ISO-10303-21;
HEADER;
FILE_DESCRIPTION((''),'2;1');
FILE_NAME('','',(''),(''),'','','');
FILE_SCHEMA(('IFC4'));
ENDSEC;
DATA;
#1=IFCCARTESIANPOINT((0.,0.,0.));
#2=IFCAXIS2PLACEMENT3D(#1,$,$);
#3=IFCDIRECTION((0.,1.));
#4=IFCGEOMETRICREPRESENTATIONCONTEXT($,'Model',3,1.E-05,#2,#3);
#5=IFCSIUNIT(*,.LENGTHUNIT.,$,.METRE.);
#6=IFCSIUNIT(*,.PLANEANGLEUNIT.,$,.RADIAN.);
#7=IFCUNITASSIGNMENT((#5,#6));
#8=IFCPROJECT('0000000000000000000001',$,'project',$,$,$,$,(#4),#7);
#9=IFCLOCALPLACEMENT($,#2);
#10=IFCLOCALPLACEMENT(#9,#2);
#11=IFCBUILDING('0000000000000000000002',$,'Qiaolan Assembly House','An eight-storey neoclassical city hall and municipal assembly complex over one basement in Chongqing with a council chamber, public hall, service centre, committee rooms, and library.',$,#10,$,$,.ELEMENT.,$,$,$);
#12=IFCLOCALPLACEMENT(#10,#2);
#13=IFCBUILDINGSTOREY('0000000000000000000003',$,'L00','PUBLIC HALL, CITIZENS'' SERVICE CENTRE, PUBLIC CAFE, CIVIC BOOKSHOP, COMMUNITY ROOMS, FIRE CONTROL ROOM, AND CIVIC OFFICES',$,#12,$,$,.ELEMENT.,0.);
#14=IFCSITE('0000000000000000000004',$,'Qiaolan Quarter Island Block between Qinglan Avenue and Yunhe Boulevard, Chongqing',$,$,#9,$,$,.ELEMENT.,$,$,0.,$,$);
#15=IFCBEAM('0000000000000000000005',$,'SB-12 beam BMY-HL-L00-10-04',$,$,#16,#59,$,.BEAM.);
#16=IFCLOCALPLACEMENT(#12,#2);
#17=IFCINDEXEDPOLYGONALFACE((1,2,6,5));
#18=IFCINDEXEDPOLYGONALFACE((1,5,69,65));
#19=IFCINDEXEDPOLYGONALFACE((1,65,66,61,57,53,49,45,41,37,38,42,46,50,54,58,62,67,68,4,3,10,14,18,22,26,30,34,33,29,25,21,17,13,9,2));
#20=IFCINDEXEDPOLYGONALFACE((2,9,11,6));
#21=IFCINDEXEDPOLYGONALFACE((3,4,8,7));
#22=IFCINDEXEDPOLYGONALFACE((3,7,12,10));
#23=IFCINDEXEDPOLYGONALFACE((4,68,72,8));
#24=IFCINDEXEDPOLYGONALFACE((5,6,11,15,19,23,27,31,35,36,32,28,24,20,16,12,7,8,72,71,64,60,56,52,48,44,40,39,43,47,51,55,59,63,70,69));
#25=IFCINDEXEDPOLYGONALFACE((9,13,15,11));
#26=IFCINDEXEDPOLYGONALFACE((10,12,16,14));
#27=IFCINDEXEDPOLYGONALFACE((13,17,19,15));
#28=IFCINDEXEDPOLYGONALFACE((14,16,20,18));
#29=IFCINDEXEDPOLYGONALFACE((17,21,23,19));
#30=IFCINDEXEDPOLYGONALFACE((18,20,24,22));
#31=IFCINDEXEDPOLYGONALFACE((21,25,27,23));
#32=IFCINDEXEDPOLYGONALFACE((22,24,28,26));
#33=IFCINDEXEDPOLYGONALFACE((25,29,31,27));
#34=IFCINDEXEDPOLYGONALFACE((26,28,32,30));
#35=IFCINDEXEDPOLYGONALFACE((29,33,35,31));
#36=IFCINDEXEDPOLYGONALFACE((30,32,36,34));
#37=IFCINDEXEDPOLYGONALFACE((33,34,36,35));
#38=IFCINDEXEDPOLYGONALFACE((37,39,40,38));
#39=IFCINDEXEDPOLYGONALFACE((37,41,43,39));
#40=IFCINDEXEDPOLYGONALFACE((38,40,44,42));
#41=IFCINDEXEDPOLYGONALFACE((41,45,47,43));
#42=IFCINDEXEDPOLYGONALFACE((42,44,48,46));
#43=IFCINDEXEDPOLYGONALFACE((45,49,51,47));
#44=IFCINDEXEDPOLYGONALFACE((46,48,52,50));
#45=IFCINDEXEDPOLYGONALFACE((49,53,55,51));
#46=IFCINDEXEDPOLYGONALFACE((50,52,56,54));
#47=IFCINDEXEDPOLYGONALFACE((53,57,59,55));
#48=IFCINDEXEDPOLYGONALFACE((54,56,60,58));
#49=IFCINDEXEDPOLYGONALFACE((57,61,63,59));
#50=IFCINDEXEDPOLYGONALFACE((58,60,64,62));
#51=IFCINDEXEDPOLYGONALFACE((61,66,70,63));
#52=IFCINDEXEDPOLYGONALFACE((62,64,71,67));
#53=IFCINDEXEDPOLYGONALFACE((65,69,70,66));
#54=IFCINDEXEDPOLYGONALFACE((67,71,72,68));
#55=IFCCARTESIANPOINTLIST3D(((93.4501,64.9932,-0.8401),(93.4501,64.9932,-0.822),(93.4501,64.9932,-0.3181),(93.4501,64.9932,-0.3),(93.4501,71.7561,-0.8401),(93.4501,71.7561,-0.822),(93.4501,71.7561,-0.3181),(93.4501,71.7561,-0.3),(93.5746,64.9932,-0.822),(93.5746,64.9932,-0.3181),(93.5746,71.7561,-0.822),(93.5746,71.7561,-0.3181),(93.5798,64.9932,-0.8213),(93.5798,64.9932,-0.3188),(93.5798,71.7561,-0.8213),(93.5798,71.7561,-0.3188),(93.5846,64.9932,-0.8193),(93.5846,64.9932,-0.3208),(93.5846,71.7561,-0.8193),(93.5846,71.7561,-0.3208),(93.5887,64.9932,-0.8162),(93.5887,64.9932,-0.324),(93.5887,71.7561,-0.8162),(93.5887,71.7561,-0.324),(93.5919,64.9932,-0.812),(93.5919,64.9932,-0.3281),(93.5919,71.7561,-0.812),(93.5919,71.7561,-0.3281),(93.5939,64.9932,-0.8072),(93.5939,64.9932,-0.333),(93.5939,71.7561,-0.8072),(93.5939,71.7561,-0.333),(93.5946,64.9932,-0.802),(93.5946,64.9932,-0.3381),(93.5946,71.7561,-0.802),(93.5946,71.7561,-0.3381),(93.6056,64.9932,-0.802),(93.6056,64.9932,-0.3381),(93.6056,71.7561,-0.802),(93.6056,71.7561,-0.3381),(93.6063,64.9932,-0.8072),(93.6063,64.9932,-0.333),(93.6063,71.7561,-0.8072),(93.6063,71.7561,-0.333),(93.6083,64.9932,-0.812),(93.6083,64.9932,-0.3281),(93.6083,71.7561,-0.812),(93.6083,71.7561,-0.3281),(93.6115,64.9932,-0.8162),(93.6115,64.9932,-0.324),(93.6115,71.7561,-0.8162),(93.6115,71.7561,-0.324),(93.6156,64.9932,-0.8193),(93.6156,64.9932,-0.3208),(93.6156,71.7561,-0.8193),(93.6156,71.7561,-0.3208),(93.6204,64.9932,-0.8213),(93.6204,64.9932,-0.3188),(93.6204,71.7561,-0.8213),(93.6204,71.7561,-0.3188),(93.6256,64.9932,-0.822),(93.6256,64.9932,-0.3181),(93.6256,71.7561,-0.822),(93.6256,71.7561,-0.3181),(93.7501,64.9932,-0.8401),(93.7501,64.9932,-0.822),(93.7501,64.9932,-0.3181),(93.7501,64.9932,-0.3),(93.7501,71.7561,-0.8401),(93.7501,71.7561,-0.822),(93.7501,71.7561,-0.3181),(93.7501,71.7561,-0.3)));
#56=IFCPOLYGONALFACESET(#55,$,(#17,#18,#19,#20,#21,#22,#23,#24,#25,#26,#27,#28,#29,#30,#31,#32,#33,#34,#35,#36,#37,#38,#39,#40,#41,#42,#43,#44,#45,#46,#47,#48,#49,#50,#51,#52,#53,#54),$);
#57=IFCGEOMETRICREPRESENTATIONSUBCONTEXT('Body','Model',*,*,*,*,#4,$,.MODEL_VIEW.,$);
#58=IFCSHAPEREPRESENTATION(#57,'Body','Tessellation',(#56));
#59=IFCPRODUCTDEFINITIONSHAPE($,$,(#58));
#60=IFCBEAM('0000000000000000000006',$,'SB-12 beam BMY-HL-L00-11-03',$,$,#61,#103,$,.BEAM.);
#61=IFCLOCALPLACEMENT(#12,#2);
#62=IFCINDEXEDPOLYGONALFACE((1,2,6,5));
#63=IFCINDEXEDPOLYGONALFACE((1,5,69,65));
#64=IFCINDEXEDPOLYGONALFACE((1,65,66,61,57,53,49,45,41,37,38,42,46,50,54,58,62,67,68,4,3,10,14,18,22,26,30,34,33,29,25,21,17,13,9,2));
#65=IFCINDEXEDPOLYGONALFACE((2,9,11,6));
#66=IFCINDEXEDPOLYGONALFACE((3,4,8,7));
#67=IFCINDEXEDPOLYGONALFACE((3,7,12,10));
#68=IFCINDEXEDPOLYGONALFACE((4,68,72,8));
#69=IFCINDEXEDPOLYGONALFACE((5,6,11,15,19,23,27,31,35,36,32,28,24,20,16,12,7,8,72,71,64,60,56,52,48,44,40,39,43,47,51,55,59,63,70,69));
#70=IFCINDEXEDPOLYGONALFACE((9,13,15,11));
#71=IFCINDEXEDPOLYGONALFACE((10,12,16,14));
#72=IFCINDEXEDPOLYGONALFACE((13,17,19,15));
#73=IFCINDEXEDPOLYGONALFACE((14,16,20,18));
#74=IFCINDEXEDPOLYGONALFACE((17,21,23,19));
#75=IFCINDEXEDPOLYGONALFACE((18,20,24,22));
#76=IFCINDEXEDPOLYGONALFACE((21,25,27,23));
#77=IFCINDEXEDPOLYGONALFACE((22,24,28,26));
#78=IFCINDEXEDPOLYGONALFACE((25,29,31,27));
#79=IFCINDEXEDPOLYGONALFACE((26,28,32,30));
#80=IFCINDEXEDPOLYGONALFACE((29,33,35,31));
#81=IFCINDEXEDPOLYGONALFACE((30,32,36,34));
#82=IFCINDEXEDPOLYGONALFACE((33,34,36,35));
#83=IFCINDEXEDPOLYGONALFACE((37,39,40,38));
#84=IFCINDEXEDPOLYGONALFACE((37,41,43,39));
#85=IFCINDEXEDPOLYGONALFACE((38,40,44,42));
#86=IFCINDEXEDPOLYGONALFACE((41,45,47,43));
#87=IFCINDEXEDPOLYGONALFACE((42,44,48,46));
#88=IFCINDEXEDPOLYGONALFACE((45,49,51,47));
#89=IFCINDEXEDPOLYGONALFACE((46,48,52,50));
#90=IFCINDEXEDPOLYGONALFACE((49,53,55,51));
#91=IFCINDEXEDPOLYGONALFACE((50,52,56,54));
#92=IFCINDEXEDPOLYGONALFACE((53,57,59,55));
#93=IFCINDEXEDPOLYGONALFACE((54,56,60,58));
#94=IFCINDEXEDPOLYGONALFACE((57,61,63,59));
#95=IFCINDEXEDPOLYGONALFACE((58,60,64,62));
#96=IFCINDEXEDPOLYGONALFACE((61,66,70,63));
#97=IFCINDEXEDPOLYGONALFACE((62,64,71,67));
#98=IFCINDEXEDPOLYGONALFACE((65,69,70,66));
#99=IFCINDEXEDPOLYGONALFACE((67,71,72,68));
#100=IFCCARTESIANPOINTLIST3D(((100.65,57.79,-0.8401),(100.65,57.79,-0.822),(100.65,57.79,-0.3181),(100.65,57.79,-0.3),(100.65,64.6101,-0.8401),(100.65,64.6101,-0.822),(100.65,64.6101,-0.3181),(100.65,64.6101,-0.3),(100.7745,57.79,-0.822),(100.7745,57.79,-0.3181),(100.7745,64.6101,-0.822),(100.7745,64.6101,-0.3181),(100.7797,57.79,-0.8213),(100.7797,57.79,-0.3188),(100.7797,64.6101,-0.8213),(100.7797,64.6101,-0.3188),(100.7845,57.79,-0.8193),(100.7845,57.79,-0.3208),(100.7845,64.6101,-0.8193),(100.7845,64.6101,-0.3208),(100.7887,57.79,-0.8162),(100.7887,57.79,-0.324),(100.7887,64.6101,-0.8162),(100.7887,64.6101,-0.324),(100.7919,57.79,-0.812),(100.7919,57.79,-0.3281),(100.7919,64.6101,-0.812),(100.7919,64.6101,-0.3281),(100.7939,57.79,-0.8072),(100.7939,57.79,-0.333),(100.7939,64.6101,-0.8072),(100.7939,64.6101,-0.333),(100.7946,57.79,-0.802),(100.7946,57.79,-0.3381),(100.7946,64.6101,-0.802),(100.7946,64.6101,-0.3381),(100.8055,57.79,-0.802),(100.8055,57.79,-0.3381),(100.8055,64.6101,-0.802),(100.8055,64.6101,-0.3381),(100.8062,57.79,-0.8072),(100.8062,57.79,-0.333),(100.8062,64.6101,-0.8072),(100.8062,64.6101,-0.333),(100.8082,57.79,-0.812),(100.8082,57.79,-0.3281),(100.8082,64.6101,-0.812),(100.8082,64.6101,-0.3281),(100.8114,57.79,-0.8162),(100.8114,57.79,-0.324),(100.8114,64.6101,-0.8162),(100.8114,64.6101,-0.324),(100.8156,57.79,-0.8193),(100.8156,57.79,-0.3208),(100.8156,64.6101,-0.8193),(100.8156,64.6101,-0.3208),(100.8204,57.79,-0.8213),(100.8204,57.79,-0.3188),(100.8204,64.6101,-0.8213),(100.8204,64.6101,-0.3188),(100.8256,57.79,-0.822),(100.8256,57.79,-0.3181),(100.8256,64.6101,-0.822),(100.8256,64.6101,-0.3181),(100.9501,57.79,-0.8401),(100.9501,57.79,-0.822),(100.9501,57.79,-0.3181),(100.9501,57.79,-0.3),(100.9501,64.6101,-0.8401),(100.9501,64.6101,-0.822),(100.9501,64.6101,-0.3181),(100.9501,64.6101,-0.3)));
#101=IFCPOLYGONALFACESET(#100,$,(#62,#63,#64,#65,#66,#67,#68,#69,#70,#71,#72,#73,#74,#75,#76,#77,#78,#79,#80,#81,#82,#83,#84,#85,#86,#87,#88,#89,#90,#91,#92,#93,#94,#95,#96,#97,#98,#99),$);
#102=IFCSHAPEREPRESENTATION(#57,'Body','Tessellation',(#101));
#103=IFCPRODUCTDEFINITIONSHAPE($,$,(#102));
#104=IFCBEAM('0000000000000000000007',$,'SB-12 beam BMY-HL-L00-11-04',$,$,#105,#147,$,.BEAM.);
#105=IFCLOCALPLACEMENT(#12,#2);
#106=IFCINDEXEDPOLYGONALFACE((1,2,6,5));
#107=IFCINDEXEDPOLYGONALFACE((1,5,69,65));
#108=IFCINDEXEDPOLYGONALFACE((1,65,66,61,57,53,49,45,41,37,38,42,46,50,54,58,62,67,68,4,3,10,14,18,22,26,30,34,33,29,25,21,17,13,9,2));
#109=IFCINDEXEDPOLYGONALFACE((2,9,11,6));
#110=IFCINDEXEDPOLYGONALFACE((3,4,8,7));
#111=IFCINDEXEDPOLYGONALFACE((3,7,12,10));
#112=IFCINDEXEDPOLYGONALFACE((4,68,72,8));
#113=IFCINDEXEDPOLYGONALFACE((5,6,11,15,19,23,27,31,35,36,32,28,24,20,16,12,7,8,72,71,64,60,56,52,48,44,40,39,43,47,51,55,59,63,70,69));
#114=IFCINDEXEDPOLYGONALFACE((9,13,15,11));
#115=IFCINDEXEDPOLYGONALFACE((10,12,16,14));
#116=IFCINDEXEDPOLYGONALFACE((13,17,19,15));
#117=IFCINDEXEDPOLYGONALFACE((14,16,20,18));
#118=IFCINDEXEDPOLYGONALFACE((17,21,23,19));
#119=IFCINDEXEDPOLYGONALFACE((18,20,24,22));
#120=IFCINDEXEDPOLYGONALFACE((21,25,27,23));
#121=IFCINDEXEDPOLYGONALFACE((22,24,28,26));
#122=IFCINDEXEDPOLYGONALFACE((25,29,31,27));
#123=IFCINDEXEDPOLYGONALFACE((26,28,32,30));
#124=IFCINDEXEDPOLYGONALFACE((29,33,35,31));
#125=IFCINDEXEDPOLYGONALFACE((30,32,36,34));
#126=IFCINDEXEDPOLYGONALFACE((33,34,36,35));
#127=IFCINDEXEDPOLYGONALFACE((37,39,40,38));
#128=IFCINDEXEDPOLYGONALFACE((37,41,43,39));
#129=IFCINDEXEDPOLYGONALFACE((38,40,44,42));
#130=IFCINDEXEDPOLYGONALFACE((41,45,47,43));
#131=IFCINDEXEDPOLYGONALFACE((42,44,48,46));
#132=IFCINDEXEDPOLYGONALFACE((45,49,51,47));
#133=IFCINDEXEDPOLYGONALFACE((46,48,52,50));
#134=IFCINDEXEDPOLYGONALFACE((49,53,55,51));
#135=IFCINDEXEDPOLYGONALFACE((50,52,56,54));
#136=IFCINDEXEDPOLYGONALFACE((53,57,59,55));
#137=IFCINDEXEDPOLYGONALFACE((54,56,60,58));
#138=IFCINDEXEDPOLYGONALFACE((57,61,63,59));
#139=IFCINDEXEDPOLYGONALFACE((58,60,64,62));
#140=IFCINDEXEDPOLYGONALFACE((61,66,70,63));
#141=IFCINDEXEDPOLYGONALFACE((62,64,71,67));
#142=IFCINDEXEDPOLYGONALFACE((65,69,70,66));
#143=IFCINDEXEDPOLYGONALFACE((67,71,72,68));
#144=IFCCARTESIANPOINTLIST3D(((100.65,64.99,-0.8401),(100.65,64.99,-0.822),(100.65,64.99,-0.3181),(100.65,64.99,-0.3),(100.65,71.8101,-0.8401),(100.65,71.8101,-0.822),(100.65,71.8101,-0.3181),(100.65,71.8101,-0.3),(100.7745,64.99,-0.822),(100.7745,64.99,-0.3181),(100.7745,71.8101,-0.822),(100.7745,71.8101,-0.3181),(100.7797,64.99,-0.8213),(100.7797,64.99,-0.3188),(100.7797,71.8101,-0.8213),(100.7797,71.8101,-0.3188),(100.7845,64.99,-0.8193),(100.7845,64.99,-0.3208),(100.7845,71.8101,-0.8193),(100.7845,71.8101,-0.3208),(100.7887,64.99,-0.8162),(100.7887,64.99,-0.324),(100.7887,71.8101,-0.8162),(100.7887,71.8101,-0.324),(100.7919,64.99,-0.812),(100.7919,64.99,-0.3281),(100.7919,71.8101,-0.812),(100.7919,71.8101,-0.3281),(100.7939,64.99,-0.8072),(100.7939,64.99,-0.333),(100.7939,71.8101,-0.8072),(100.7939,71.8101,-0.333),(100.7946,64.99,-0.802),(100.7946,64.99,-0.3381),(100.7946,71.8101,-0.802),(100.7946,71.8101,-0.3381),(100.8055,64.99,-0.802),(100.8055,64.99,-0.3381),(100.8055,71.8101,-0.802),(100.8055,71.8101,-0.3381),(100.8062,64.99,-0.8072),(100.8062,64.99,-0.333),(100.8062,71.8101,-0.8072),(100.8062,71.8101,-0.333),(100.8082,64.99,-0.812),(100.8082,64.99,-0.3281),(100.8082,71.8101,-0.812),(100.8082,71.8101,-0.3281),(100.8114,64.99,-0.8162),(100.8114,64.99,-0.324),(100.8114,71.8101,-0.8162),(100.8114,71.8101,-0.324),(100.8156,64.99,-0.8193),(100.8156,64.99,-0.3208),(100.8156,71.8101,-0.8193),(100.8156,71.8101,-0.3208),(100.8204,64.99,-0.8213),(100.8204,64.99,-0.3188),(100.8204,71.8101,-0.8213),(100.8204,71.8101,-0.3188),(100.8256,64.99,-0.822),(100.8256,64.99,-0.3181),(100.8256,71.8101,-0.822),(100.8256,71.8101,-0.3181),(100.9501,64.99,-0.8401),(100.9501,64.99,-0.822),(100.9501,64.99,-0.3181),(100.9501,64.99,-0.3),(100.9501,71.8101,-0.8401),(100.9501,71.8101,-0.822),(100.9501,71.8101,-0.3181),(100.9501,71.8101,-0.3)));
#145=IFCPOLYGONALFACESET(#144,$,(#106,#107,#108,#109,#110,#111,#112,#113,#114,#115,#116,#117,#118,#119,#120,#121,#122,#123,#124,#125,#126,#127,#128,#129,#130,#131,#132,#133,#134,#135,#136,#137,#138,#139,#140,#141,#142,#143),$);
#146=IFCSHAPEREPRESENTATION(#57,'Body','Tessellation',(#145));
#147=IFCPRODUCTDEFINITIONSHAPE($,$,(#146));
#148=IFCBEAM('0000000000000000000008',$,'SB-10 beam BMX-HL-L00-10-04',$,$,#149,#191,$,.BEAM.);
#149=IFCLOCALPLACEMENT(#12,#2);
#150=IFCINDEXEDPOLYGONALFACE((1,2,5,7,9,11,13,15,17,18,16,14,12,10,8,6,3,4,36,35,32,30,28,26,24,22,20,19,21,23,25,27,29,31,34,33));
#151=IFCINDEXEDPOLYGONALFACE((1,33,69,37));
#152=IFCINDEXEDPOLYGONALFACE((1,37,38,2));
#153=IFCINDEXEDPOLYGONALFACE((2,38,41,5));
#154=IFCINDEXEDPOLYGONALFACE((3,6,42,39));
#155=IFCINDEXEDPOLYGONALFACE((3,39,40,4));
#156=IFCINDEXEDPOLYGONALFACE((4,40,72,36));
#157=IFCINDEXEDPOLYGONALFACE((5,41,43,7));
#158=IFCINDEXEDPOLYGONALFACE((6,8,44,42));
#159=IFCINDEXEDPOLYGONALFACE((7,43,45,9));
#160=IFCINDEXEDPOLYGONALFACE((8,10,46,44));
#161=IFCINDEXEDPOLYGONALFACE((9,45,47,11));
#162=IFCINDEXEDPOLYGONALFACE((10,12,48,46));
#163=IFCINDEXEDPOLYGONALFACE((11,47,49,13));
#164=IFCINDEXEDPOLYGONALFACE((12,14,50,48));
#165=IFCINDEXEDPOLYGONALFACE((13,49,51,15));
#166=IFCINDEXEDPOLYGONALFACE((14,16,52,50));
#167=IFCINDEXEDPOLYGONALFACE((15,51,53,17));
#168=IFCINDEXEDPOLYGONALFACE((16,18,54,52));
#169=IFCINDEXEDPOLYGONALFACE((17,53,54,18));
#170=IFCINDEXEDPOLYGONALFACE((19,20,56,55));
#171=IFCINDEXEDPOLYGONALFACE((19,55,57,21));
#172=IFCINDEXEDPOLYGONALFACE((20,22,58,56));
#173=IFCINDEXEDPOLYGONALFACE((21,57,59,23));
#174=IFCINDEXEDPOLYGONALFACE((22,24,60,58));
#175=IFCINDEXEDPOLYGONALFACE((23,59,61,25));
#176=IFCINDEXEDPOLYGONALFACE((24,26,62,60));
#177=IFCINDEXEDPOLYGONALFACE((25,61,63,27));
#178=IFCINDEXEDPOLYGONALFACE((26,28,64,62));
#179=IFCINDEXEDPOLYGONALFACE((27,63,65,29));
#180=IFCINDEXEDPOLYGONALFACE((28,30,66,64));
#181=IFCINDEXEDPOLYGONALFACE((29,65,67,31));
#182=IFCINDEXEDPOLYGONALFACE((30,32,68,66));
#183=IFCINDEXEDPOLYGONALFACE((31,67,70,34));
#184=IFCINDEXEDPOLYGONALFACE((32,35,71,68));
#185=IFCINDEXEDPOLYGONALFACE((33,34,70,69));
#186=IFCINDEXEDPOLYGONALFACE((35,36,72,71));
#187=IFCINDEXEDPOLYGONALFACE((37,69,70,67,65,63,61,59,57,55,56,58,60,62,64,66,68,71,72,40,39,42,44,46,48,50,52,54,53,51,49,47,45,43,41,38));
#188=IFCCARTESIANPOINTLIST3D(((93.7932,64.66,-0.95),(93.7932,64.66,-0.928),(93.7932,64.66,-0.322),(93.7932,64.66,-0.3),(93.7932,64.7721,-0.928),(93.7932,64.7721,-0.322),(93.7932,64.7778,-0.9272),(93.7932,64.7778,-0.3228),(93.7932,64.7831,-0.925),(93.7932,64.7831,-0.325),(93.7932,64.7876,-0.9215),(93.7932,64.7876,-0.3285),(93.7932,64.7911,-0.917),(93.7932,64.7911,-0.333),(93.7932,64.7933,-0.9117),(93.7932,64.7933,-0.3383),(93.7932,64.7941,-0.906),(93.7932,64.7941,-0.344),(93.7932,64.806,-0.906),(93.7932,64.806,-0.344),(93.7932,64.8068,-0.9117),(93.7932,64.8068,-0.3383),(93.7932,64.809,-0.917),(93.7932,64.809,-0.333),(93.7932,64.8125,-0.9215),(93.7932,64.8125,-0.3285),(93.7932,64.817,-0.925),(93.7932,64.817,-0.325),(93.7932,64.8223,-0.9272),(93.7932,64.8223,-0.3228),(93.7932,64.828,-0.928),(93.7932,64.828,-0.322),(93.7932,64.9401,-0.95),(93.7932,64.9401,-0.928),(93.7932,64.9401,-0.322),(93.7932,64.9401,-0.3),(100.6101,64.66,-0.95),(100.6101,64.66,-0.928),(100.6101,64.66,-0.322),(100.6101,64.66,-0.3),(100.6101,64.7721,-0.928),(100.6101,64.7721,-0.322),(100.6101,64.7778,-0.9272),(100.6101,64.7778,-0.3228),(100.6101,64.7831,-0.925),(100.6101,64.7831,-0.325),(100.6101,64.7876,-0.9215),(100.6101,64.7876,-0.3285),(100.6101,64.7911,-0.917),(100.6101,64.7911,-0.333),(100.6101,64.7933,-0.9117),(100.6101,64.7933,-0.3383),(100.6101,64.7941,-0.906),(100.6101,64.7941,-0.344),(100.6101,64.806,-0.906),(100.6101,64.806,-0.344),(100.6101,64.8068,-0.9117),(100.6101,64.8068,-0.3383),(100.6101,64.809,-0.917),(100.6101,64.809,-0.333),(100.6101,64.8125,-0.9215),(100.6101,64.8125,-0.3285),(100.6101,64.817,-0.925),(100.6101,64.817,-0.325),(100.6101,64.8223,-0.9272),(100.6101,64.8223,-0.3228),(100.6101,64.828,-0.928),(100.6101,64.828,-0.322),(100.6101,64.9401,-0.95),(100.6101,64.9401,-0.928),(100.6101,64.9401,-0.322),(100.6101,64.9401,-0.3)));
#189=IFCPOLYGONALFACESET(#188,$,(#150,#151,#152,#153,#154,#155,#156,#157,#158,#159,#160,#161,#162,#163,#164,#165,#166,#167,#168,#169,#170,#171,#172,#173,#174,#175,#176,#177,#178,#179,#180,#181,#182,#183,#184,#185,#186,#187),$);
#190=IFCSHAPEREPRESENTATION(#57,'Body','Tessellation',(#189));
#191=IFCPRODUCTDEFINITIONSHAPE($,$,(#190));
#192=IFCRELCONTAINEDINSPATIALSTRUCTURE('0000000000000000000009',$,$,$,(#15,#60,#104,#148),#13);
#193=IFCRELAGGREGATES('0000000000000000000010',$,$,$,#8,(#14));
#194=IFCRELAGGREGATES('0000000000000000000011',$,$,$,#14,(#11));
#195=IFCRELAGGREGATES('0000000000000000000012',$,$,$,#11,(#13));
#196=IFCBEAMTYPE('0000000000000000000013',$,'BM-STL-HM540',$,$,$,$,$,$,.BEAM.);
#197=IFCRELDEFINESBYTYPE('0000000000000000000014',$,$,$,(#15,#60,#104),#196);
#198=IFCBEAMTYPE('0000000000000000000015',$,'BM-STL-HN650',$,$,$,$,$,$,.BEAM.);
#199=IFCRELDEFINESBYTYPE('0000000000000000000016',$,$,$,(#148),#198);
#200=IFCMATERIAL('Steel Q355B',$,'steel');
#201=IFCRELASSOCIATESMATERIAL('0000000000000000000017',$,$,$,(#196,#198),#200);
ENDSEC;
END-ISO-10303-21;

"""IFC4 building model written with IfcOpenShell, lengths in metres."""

from ifc_helpers import new_model, si_unit, direction, frame, origin, origin_2d, place, context, subcontext, project, spatial, i_section, extrude, material, material_profile, profile_set, type_object, element, save


model = new_model("IFC4")

# Units and contexts
model_context = context("Model", 3, precision=1e-05, world=origin(), true_north=direction((0.0, 1.0)))
body_context = subcontext(model_context, "Body", "Model", "MODEL_VIEW")
ifc_project = project(units=[si_unit("LENGTHUNIT", "METRE"), si_unit("PLANEANGLEUNIT", "RADIAN")], contexts=[model_context])

# Site, building, storey
site_placement = place(None, origin())
site = spatial("IfcSite", under=ifc_project, at=site_placement, Name="Qiaolan Quarter Island Block between Qinglan Avenue and Yunhe Boulevard, Chongqing", CompositionType="ELEMENT", RefElevation=0.0)
building_placement = place(site_placement, origin())
building = spatial("IfcBuilding", under=site, at=building_placement, Name="Qiaolan Assembly House", Description="An eight-storey neoclassical city hall and municipal assembly complex over one basement in Chongqing with a council chamber, public hall, service centre, committee rooms, and library.", CompositionType="ELEMENT")
storey_placement = place(building_placement, origin())
storey = spatial("IfcBuildingStorey", under=building, at=storey_placement, Name="L00", Description="PUBLIC HALL, CITIZENS' SERVICE CENTRE, PUBLIC CAFE, CIVIC BOOKSHOP, COMMUNITY ROOMS, FIRE CONTROL ROOM, AND CIVIC OFFICES", CompositionType="ELEMENT", Elevation=0.0)

# Shared definitions
ifc_material = material(Name="Steel Q355B", Category="steel")

# Beams
ifc_material_profile_1 = material_profile(ifc_material, i_section(OverallWidth=0.3, OverallDepth=0.54, WebThickness=0.011, FlangeThickness=0.0181, FilletRadius=0.02, at=origin_2d()), Name="HM 540x300x11x18")
ifc_profile_set_1 = profile_set([ifc_material_profile_1], Name="Steel Q355B")
beam_type_1 = type_object("IfcBeamType", Name="BM-STL-HM540", PredefinedType="BEAM", material=ifc_profile_set_1)
beam_1_placement = place(storey_placement, frame((93.6001, 64.9932, -0.5701), z_axis=(0.0, 1.0, 0.0), x_axis=(-1.0, 0.0, 0.0)))
element("IfcBeam", 1, at=beam_1_placement, inside=storey, type_object=beam_type_1, Name="SB-12 beam BMY-HL-L00-10-04", PredefinedType="BEAM", context=body_context, shape_type="SweptSolid", body=[
    extrude(i_section(OverallWidth=0.3, OverallDepth=0.54, WebThickness=0.011, FlangeThickness=0.0181, FilletRadius=0.02, at=origin_2d()), origin(), (0.0, 0.0, 1.0), 6.7629),
])
for number, where, z_axis, x_axis, name in (
    (2, (100.8, 57.79, -0.5701), (0.0, 1.0, 0.0), (-1.0, 0.0, 0.0), "SB-12 beam BMY-HL-L00-11-03"),
    (3, (100.8, 64.99, -0.5701), (0.0, 1.0, 0.0), (-1.0, 0.0, 0.0), "SB-12 beam BMY-HL-L00-11-04"),
):
    element("IfcBeam", number, at=place(storey_placement, frame(where, z_axis=z_axis, x_axis=x_axis)), inside=storey, type_object=beam_type_1, Name=name, PredefinedType="BEAM", context=body_context, shape_type="SweptSolid", body=[
        extrude(i_section(OverallWidth=0.3, OverallDepth=0.54, WebThickness=0.011, FlangeThickness=0.0181, FilletRadius=0.02, at=origin_2d()), origin(), (0.0, 0.0, 1.0), 6.8201),
    ])
ifc_material_profile_2 = material_profile(ifc_material, i_section(OverallWidth=0.28, OverallDepth=0.6499, WebThickness=0.012, FlangeThickness=0.022, FilletRadius=0.022, at=origin_2d()), Name="HN 650x280x12x22")
ifc_profile_set_2 = profile_set([ifc_material_profile_2], Name="Steel Q355B")
beam_type_2 = type_object("IfcBeamType", Name="BM-STL-HN650", PredefinedType="BEAM", material=ifc_profile_set_2)
beam_2_placement = place(storey_placement, frame((93.7932, 64.8, -0.625), z_axis=(1.0, 0.0, 0.0), x_axis=(0.0, 1.0, 0.0)))
element("IfcBeam", 4, at=beam_2_placement, inside=storey, type_object=beam_type_2, Name="SB-10 beam BMX-HL-L00-10-04", PredefinedType="BEAM", context=body_context, shape_type="SweptSolid", body=[
    extrude(i_section(OverallWidth=0.28, OverallDepth=0.6499, WebThickness=0.012, FlangeThickness=0.022, FilletRadius=0.022, at=origin_2d()), origin(), (0.0, 0.0, 1.0), 6.8169),
])

save(model, "model.ifc")
